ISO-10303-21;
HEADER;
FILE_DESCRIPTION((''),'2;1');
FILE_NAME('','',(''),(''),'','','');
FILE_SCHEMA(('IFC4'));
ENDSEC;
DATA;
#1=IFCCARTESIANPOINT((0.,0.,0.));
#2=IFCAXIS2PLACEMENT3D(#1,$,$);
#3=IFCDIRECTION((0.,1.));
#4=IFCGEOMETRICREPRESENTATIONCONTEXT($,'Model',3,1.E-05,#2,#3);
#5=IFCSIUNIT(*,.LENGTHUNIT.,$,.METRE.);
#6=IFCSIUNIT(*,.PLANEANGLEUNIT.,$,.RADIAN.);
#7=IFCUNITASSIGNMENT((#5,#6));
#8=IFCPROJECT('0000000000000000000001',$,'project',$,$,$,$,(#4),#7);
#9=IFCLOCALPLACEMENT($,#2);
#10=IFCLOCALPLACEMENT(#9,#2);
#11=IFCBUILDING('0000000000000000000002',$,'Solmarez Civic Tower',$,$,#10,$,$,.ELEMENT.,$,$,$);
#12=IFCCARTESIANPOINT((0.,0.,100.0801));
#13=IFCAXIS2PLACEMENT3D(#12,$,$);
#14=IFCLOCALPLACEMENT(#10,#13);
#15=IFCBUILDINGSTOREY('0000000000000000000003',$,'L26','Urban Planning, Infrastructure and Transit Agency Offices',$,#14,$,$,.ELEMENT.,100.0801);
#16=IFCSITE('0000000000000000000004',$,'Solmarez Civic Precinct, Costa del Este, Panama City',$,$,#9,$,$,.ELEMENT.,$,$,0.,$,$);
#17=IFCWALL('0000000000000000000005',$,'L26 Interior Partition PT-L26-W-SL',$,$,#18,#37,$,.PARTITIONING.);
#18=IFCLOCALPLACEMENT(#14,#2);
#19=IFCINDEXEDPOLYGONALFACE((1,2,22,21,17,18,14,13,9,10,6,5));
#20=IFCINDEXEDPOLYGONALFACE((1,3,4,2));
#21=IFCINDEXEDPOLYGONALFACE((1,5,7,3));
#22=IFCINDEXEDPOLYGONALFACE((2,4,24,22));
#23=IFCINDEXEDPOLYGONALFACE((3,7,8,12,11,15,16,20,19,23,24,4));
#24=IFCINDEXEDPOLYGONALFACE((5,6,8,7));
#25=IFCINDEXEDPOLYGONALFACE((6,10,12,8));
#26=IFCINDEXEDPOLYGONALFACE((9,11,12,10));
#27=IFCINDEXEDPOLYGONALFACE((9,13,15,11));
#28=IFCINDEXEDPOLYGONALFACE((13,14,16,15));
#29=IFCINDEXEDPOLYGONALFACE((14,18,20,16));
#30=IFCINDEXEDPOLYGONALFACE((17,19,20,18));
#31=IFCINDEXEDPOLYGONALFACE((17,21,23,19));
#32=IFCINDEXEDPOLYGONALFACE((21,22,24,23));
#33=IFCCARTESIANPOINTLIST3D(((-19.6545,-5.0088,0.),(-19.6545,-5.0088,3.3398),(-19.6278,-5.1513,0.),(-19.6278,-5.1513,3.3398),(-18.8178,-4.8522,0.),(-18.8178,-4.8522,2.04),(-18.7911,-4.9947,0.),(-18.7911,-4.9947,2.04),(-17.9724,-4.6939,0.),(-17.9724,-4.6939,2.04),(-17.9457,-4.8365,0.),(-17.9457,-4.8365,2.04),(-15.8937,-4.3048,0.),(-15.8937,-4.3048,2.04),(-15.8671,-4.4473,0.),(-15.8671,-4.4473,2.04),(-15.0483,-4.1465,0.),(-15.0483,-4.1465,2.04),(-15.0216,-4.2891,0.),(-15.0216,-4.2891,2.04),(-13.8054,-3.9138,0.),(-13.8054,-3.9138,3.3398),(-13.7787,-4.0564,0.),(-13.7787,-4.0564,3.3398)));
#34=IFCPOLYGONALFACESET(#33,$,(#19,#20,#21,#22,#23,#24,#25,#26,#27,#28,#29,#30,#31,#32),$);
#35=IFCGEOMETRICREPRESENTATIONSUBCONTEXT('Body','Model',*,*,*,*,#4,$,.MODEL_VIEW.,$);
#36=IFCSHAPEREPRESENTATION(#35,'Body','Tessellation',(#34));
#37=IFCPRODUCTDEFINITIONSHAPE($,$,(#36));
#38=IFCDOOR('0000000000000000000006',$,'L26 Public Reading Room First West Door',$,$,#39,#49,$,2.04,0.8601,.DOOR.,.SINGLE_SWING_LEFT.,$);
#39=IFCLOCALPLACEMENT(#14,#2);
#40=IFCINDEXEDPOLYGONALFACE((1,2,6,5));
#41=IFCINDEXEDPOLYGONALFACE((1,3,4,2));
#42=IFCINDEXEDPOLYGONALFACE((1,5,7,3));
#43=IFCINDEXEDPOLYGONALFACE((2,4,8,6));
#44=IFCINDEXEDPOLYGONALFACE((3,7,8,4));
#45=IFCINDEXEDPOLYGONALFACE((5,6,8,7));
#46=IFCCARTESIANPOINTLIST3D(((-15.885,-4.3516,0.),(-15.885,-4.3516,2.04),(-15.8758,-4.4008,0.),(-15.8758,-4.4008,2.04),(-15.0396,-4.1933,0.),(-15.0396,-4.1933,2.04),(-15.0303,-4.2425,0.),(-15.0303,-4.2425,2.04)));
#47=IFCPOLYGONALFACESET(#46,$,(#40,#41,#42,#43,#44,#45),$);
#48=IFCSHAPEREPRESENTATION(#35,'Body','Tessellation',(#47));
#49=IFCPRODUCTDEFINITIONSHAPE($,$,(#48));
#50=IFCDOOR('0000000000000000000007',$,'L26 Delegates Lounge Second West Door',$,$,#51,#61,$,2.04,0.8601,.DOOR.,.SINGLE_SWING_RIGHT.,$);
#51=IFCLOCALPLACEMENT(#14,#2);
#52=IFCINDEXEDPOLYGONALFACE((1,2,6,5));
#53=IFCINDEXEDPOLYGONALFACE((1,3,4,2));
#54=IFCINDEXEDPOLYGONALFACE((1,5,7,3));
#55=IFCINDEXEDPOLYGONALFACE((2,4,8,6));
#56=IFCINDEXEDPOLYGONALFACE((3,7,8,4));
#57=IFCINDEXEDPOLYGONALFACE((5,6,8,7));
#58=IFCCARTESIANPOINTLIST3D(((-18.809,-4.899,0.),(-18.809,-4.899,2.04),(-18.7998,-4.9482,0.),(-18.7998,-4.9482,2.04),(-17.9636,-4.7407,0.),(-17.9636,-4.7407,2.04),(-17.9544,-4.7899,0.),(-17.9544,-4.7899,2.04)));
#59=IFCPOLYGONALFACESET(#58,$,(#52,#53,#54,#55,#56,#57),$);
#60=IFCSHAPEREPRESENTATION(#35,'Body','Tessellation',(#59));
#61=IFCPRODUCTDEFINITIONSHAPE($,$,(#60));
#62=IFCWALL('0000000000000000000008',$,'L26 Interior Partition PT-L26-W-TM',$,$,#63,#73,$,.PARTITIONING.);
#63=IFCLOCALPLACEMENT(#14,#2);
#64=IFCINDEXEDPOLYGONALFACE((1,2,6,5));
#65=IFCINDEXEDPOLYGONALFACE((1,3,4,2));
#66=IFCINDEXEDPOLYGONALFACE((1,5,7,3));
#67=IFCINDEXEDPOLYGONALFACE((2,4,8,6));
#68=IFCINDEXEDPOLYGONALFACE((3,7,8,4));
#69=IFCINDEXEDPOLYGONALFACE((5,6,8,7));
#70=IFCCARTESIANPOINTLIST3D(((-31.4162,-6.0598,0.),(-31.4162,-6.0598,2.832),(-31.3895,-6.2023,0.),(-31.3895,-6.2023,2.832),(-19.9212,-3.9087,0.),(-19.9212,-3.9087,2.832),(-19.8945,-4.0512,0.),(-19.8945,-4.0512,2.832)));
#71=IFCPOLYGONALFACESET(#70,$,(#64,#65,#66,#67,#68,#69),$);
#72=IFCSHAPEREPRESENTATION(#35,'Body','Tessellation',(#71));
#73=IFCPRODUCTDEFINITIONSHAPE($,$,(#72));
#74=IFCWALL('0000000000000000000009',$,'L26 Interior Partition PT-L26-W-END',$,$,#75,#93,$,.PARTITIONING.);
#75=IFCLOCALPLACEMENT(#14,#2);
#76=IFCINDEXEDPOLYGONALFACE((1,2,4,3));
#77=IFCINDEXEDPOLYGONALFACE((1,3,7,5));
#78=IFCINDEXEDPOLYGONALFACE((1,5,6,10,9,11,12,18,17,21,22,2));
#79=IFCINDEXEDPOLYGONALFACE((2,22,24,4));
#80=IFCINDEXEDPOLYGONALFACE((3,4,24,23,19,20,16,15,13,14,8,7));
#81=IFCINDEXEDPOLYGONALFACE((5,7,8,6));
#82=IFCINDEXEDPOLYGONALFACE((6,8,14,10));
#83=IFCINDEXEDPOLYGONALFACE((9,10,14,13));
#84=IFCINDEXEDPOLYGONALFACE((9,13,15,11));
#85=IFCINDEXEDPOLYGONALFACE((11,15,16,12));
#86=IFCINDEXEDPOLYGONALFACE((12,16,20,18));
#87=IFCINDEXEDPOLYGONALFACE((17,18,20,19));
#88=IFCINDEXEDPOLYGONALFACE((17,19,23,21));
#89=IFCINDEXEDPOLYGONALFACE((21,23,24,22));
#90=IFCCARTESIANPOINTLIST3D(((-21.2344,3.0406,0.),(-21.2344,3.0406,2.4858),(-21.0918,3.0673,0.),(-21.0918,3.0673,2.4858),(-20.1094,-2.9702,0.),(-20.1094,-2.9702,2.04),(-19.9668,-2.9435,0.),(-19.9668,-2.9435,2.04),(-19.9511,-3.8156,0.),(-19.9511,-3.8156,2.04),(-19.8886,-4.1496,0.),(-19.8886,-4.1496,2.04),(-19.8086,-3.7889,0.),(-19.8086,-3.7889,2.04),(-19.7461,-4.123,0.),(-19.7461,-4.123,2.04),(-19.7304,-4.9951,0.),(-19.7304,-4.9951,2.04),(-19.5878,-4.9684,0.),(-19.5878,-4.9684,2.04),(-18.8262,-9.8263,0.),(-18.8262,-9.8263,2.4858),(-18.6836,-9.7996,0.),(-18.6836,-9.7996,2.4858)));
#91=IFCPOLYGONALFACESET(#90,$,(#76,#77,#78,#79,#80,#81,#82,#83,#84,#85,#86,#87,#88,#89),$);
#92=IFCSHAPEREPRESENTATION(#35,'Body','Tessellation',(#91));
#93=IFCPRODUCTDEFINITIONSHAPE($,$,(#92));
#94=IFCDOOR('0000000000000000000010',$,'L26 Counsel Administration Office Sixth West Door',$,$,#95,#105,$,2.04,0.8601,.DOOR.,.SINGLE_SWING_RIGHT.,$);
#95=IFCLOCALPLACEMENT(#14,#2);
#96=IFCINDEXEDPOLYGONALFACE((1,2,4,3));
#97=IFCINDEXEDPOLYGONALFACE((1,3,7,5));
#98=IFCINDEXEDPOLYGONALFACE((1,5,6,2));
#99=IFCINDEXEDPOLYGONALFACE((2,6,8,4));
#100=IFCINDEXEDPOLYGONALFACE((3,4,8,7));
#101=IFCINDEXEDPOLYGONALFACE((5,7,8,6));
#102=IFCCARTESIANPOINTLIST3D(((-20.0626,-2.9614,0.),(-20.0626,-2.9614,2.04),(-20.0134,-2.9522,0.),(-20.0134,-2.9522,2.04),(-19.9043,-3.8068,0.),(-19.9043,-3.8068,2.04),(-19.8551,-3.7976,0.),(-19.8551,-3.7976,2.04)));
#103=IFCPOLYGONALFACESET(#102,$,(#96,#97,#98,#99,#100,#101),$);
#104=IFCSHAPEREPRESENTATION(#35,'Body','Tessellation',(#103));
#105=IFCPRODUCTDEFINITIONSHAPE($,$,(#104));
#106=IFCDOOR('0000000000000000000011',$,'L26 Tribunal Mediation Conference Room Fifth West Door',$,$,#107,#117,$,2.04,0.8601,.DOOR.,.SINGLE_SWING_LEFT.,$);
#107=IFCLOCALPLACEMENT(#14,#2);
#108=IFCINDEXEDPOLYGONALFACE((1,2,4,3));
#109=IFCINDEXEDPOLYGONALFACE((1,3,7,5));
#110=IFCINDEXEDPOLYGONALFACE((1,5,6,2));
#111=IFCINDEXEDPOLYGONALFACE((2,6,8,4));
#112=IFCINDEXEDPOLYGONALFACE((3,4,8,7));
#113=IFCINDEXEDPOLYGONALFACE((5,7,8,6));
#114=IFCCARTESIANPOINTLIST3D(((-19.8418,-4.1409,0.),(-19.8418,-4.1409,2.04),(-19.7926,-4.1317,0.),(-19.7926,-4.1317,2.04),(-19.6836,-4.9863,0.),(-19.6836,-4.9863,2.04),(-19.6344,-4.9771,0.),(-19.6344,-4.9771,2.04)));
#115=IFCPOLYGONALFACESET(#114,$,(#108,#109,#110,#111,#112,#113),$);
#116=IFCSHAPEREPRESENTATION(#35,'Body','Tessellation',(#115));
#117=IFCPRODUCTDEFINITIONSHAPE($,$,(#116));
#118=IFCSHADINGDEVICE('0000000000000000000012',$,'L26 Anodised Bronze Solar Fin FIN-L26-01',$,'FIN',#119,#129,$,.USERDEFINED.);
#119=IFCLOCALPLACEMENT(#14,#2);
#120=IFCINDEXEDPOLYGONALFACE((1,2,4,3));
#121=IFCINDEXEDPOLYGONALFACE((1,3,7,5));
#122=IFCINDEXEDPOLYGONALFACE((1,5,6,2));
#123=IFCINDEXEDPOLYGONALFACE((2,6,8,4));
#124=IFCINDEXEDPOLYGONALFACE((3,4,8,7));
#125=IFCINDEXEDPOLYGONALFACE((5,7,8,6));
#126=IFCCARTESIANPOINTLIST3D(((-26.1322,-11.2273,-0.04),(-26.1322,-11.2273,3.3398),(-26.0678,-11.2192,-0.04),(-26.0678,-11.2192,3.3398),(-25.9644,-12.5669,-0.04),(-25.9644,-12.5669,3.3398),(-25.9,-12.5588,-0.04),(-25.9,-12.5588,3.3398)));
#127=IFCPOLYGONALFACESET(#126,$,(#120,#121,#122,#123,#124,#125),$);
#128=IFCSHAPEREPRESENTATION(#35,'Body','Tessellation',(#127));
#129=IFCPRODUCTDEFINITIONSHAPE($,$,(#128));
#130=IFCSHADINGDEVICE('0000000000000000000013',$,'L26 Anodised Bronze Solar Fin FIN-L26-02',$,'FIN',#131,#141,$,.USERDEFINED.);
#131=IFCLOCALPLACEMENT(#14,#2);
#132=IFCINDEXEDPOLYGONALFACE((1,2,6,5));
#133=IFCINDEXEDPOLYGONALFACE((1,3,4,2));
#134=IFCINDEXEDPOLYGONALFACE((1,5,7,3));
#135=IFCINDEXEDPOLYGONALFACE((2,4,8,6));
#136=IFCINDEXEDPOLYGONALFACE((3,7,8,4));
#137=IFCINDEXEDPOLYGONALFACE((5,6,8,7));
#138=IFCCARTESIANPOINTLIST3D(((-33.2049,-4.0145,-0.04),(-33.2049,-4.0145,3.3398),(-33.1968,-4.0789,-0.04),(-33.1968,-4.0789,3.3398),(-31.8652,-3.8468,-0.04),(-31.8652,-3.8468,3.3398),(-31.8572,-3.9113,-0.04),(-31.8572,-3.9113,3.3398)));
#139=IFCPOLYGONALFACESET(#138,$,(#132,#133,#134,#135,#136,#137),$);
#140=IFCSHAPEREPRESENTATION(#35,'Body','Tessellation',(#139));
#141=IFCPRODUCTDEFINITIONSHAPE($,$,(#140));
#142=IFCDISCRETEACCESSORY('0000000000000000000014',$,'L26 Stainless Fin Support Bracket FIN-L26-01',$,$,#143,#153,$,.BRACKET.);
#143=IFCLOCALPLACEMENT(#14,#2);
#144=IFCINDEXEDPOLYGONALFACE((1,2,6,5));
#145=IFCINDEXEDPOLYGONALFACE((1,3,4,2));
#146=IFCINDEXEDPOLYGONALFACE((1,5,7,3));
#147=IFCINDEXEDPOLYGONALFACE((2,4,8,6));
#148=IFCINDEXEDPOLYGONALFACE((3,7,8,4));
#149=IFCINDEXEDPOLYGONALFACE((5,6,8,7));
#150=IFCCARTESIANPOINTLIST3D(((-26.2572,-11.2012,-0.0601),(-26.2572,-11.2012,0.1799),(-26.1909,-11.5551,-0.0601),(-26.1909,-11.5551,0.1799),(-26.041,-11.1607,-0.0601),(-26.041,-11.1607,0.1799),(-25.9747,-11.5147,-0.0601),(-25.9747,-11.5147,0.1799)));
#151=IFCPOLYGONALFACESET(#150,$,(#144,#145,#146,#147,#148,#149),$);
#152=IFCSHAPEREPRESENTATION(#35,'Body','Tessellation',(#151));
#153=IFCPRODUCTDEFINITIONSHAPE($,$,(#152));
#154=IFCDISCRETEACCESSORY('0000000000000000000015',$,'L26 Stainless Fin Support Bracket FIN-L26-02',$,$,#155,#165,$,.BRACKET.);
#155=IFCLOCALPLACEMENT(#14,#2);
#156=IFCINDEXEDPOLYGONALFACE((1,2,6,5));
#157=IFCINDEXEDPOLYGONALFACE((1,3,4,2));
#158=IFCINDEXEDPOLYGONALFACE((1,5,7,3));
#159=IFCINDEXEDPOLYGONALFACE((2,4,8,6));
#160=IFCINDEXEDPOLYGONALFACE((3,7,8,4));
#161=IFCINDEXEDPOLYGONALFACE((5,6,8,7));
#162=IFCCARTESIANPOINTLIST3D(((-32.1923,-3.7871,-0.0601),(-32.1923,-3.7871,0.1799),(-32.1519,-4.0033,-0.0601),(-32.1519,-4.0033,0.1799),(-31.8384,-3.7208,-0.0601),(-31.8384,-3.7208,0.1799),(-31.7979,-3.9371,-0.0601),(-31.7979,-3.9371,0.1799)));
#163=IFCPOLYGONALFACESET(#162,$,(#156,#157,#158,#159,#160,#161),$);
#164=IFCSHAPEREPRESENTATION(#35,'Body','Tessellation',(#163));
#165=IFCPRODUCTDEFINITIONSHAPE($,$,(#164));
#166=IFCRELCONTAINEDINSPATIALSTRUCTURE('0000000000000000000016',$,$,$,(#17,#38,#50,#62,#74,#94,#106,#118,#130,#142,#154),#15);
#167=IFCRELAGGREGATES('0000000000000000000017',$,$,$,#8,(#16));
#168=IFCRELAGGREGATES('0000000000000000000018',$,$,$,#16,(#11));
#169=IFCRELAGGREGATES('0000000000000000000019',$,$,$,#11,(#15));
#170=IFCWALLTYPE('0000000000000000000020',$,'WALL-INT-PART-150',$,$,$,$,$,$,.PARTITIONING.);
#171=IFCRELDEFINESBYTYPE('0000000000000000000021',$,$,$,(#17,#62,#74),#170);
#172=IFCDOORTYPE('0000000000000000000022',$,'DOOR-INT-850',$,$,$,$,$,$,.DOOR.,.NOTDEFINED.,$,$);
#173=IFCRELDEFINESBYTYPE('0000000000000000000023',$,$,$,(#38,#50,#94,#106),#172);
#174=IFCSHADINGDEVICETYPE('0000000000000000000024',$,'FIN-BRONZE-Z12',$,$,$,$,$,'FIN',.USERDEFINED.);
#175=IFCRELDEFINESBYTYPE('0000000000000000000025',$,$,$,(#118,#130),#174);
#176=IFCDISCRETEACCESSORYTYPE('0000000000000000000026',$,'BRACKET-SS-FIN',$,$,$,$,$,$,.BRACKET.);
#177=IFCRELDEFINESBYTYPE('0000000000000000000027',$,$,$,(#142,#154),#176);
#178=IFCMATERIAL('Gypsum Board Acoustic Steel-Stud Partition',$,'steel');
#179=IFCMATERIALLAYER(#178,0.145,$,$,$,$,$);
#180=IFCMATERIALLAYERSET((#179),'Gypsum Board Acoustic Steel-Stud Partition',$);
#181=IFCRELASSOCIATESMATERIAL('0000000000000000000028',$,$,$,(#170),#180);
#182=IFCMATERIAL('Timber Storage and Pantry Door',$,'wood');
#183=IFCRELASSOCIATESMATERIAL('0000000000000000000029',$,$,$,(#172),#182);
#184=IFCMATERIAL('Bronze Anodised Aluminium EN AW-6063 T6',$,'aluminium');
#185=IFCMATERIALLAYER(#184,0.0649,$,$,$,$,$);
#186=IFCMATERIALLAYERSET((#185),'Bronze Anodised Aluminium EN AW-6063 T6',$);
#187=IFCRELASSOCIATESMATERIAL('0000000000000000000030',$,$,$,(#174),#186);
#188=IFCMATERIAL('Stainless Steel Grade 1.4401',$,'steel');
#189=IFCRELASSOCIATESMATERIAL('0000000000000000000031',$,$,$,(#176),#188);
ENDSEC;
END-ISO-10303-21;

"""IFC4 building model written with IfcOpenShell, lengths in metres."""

from ifc_helpers import new_model, si_unit, direction, frame, frame_2d, origin, origin_2d, place, context, subcontext, project, spatial, rectangle, extrude, material, layer, layer_set, type_object, element, fill, save


model = new_model("IFC4")

# Units and contexts
model_context = context("Model", 3, precision=1e-05, world=origin(), true_north=direction((0.0, 1.0)))
body_context = subcontext(model_context, "Body", "Model", "MODEL_VIEW")
ifc_project = project(units=[si_unit("LENGTHUNIT", "METRE"), si_unit("PLANEANGLEUNIT", "RADIAN")], contexts=[model_context])

# Site, building, storey
site_placement = place(None, origin())
site = spatial("IfcSite", under=ifc_project, at=site_placement, Name="Solmarez Civic Precinct, Costa del Este, Panama City", CompositionType="ELEMENT", RefElevation=0.0)
building_placement = place(site_placement, origin())
building = spatial("IfcBuilding", under=site, at=building_placement, Name="Solmarez Civic Tower", CompositionType="ELEMENT")
storey_placement = place(building_placement, frame((0.0, 0.0, 100.0801)))
storey = spatial("IfcBuildingStorey", under=building, at=storey_placement, Name="L26", Description="Urban Planning, Infrastructure and Transit Agency Offices", CompositionType="ELEMENT", Elevation=100.0801)

# Shared definitions
ifc_material_1 = material(Name="Gypsum Board Acoustic Steel-Stud Partition", Category="steel")
ifc_layer_1 = layer(ifc_material_1, 0.145)
ifc_layer_set_1 = layer_set([ifc_layer_1], Name="Gypsum Board Acoustic Steel-Stud Partition")
wall_type_1 = type_object("IfcWallType", Name="WALL-INT-PART-150", PredefinedType="PARTITIONING", material=ifc_layer_set_1)

# Wall, openings, doors
wall_1_placement = place(storey_placement, frame((-19.6411, -5.0801, 0.0), z_axis=(0.0, 0.0, 1.0), x_axis=(0.982925, 0.184006, 0.0)))
wall_1 = element("IfcWall", 1, at=wall_1_placement, inside=storey, type_object=wall_type_1, Name="L26 Interior Partition PT-L26-W-SL", PredefinedType="PARTITIONING", context=body_context, shape_type="SweptSolid", body=[
    extrude(rectangle(XDim=5.9507, YDim=0.145, at=frame_2d((2.9753, 0.0))), origin(), (0.0, 0.0, 1.0), 3.3398),
])
opening_1_placement = place(wall_1_placement, frame((3.8259, 0.0, 0.0)))
opening_1 = element("IfcOpeningElement", 2, at=opening_1_placement, cuts=wall_1, PredefinedType="OPENING", context=body_context, shape_type="SweptSolid", body=[
    extrude(rectangle(XDim=0.8601, YDim=2.04, at=frame_2d((0.4302, 1.02))), frame((0.0, 0.0825, 0.0), z_axis=(0.0, -1.0, 0.0), x_axis=(1.0, 0.0, 0.0)), (0.0, 0.0, 1.0), 0.165),
])
opening_2_placement = place(wall_1_placement, frame((0.8511, 0.0, 0.0)))
opening_2 = element("IfcOpeningElement", 3, at=opening_2_placement, cuts=wall_1, PredefinedType="OPENING", context=body_context, shape_type="SweptSolid", body=[
    extrude(rectangle(XDim=0.8601, YDim=2.04, at=frame_2d((0.4302, 1.02))), frame((0.0, 0.0825, 0.0), z_axis=(0.0, -1.0, 0.0), x_axis=(1.0, 0.0, 0.0)), (0.0, 0.0, 1.0), 0.165),
])
ifc_material_2 = material(Name="Timber Storage and Pantry Door", Category="wood")
door_type = type_object("IfcDoorType", Name="DOOR-INT-850", OperationType="NOTDEFINED", PredefinedType="DOOR", material=ifc_material_2)
door_1_placement = place(opening_1_placement, origin())
door_1 = element("IfcDoor", 4, at=door_1_placement, inside=storey, type_object=door_type, Name="L26 Public Reading Room First West Door", OperationType="SINGLE_SWING_LEFT", OverallHeight=2.04, OverallWidth=0.8601, PredefinedType="DOOR", context=body_context, shape_type="SweptSolid", body=[
    extrude(rectangle(XDim=0.8601, YDim=2.04, at=frame_2d((0.4302, 1.02))), frame((0.0, 0.0249, 0.0), z_axis=(0.0, -1.0, 0.0), x_axis=(1.0, 0.0, 0.0)), (0.0, 0.0, 1.0), 0.05),
])
fill(opening_1, door_1)
door_2_placement = place(opening_2_placement, origin())
door_2 = element("IfcDoor", 5, at=door_2_placement, inside=storey, type_object=door_type, Name="L26 Delegates Lounge Second West Door", OperationType="SINGLE_SWING_RIGHT", OverallHeight=2.04, OverallWidth=0.8601, PredefinedType="DOOR", context=body_context, shape_type="SweptSolid", body=[
    extrude(rectangle(XDim=0.8601, YDim=2.04, at=frame_2d((0.4302, 1.02))), frame((0.0, 0.0249, 0.0), z_axis=(0.0, -1.0, 0.0), x_axis=(1.0, 0.0, 0.0)), (0.0, 0.0, 1.0), 0.05),
])
fill(opening_2, door_2)

# Wall
wall_2_placement = place(storey_placement, frame((-19.908, -3.98, 0.0), z_axis=(0.0, 0.0, 1.0), x_axis=(-0.982937, -0.183941, 0.0)))
element("IfcWall", 6, at=wall_2_placement, inside=storey, type_object=wall_type_1, Name="L26 Interior Partition PT-L26-W-TM", PredefinedType="PARTITIONING", context=body_context, shape_type="SweptSolid", body=[
    extrude(rectangle(XDim=11.6946, YDim=0.145, at=frame_2d((5.8472, 0.0))), origin(), (0.0, 0.0, 1.0), 2.832),
])

# Wall, openings, doors
wall_3_placement = place(storey_placement, frame((-18.7549, -9.813, 0.0), z_axis=(0.0, 0.0, 1.0), x_axis=(-0.183968, 0.982932, 0.0)))
wall_3 = element("IfcWall", 7, at=wall_3_placement, inside=storey, type_object=wall_type_1, Name="L26 Interior Partition PT-L26-W-END", PredefinedType="PARTITIONING", context=body_context, shape_type="SweptSolid", body=[
    extrude(rectangle(XDim=13.0903, YDim=0.145, at=frame_2d((6.5452, 0.0))), origin(), (0.0, 0.0, 1.0), 2.4858),
])
opening_3_placement = place(wall_3_placement, frame((6.115, 0.0, 0.0)))
opening_3 = element("IfcOpeningElement", 8, at=opening_3_placement, cuts=wall_3, PredefinedType="OPENING", context=body_context, shape_type="SweptSolid", body=[
    extrude(rectangle(XDim=0.8601, YDim=2.04, at=frame_2d((0.4302, 1.02))), frame((0.0, 0.0825, 0.0), z_axis=(0.0, -1.0, 0.0), x_axis=(1.0, 0.0, 0.0)), (0.0, 0.0, 1.0), 0.165),
])
opening_4_placement = place(wall_3_placement, frame((4.915, 0.0, 0.0)))
opening_4 = element("IfcOpeningElement", 9, at=opening_4_placement, cuts=wall_3, PredefinedType="OPENING", context=body_context, shape_type="SweptSolid", body=[
    extrude(rectangle(XDim=0.8601, YDim=2.04, at=frame_2d((0.4302, 1.02))), frame((0.0, 0.0825, 0.0), z_axis=(0.0, -1.0, 0.0), x_axis=(1.0, 0.0, 0.0)), (0.0, 0.0, 1.0), 0.165),
])
door_3_placement = place(opening_3_placement, origin())
door_3 = element("IfcDoor", 10, at=door_3_placement, inside=storey, type_object=door_type, Name="L26 Counsel Administration Office Sixth West Door", OperationType="SINGLE_SWING_RIGHT", OverallHeight=2.04, OverallWidth=0.8601, PredefinedType="DOOR", context=body_context, shape_type="SweptSolid", body=[
    extrude(rectangle(XDim=0.8601, YDim=2.04, at=frame_2d((0.4302, 1.02))), frame((0.0, 0.0249, 0.0), z_axis=(0.0, -1.0, 0.0), x_axis=(1.0, 0.0, 0.0)), (0.0, 0.0, 1.0), 0.05),
])
fill(opening_3, door_3)
door_4_placement = place(opening_4_placement, origin())
door_4 = element("IfcDoor", 11, at=door_4_placement, inside=storey, type_object=door_type, Name="L26 Tribunal Mediation Conference Room Fifth West Door", OperationType="SINGLE_SWING_LEFT", OverallHeight=2.04, OverallWidth=0.8601, PredefinedType="DOOR", context=body_context, shape_type="SweptSolid", body=[
    extrude(rectangle(XDim=0.8601, YDim=2.04, at=frame_2d((0.4302, 1.02))), frame((0.0, 0.0249, 0.0), z_axis=(0.0, -1.0, 0.0), x_axis=(1.0, 0.0, 0.0)), (0.0, 0.0, 1.0), 0.05),
])
fill(opening_4, door_4)

# Shading devices
ifc_material_3 = material(Name="Bronze Anodised Aluminium EN AW-6063 T6", Category="aluminium")
ifc_layer_2 = layer(ifc_material_3, 0.0649)
ifc_layer_set_2 = layer_set([ifc_layer_2], Name="Bronze Anodised Aluminium EN AW-6063 T6")
shading_device_type = type_object("IfcShadingDeviceType", Name="FIN-BRONZE-Z12", ElementType="FIN", PredefinedType="USERDEFINED", material=ifc_layer_set_2)
for number, where, z_axis, x_axis, name in (
    (12, (-26.0161, -11.8931, -0.04), (0.0, 0.0, 1.0), (0.124294, -0.992245, 0.0), "L26 Anodised Bronze Solar Fin FIN-L26-01"),
    (13, (-32.531, -3.9629, -0.04), (0.0, 0.0, 1.0), (-0.992258, -0.12419, 0.0), "L26 Anodised Bronze Solar Fin FIN-L26-02"),
):
    element("IfcShadingDevice", number, at=place(storey_placement, frame(where, z_axis=z_axis, x_axis=x_axis)), inside=storey, type_object=shading_device_type, Name=name, ObjectType="FIN", PredefinedType="USERDEFINED", context=body_context, shape_type="SweptSolid", body=[
        extrude(rectangle(XDim=1.3501, YDim=0.0649, at=origin_2d()), origin(), (0.0, 0.0, 1.0), 3.3799),
    ])

# Discrete accessories
ifc_material_4 = material(Name="Stainless Steel Grade 1.4401", Category="steel")
discrete_accessory_type = type_object("IfcDiscreteAccessoryType", Name="BRACKET-SS-FIN", PredefinedType="BRACKET", material=ifc_material_4)
for number, where, z_axis, x_axis, name in (
    (14, (-26.116, -11.3579, -0.0601), (0.0, 0.0, 1.0), (0.183982, -0.98293, 0.0), "L26 Stainless Fin Support Bracket FIN-L26-01"),
    (15, (-31.9951, -3.8621, -0.0601), (0.0, 0.0, 1.0), (-0.98295, -0.183871, 0.0), "L26 Stainless Fin Support Bracket FIN-L26-02"),
):
    element("IfcDiscreteAccessory", number, at=place(storey_placement, frame(where, z_axis=z_axis, x_axis=x_axis)), inside=storey, type_object=discrete_accessory_type, Name=name, PredefinedType="BRACKET", context=body_context, shape_type="SweptSolid", body=[
        extrude(rectangle(XDim=0.3601, YDim=0.22, at=origin_2d()), origin(), (0.0, 0.0, 1.0), 0.24),
    ])

save(model, "model.ifc")
